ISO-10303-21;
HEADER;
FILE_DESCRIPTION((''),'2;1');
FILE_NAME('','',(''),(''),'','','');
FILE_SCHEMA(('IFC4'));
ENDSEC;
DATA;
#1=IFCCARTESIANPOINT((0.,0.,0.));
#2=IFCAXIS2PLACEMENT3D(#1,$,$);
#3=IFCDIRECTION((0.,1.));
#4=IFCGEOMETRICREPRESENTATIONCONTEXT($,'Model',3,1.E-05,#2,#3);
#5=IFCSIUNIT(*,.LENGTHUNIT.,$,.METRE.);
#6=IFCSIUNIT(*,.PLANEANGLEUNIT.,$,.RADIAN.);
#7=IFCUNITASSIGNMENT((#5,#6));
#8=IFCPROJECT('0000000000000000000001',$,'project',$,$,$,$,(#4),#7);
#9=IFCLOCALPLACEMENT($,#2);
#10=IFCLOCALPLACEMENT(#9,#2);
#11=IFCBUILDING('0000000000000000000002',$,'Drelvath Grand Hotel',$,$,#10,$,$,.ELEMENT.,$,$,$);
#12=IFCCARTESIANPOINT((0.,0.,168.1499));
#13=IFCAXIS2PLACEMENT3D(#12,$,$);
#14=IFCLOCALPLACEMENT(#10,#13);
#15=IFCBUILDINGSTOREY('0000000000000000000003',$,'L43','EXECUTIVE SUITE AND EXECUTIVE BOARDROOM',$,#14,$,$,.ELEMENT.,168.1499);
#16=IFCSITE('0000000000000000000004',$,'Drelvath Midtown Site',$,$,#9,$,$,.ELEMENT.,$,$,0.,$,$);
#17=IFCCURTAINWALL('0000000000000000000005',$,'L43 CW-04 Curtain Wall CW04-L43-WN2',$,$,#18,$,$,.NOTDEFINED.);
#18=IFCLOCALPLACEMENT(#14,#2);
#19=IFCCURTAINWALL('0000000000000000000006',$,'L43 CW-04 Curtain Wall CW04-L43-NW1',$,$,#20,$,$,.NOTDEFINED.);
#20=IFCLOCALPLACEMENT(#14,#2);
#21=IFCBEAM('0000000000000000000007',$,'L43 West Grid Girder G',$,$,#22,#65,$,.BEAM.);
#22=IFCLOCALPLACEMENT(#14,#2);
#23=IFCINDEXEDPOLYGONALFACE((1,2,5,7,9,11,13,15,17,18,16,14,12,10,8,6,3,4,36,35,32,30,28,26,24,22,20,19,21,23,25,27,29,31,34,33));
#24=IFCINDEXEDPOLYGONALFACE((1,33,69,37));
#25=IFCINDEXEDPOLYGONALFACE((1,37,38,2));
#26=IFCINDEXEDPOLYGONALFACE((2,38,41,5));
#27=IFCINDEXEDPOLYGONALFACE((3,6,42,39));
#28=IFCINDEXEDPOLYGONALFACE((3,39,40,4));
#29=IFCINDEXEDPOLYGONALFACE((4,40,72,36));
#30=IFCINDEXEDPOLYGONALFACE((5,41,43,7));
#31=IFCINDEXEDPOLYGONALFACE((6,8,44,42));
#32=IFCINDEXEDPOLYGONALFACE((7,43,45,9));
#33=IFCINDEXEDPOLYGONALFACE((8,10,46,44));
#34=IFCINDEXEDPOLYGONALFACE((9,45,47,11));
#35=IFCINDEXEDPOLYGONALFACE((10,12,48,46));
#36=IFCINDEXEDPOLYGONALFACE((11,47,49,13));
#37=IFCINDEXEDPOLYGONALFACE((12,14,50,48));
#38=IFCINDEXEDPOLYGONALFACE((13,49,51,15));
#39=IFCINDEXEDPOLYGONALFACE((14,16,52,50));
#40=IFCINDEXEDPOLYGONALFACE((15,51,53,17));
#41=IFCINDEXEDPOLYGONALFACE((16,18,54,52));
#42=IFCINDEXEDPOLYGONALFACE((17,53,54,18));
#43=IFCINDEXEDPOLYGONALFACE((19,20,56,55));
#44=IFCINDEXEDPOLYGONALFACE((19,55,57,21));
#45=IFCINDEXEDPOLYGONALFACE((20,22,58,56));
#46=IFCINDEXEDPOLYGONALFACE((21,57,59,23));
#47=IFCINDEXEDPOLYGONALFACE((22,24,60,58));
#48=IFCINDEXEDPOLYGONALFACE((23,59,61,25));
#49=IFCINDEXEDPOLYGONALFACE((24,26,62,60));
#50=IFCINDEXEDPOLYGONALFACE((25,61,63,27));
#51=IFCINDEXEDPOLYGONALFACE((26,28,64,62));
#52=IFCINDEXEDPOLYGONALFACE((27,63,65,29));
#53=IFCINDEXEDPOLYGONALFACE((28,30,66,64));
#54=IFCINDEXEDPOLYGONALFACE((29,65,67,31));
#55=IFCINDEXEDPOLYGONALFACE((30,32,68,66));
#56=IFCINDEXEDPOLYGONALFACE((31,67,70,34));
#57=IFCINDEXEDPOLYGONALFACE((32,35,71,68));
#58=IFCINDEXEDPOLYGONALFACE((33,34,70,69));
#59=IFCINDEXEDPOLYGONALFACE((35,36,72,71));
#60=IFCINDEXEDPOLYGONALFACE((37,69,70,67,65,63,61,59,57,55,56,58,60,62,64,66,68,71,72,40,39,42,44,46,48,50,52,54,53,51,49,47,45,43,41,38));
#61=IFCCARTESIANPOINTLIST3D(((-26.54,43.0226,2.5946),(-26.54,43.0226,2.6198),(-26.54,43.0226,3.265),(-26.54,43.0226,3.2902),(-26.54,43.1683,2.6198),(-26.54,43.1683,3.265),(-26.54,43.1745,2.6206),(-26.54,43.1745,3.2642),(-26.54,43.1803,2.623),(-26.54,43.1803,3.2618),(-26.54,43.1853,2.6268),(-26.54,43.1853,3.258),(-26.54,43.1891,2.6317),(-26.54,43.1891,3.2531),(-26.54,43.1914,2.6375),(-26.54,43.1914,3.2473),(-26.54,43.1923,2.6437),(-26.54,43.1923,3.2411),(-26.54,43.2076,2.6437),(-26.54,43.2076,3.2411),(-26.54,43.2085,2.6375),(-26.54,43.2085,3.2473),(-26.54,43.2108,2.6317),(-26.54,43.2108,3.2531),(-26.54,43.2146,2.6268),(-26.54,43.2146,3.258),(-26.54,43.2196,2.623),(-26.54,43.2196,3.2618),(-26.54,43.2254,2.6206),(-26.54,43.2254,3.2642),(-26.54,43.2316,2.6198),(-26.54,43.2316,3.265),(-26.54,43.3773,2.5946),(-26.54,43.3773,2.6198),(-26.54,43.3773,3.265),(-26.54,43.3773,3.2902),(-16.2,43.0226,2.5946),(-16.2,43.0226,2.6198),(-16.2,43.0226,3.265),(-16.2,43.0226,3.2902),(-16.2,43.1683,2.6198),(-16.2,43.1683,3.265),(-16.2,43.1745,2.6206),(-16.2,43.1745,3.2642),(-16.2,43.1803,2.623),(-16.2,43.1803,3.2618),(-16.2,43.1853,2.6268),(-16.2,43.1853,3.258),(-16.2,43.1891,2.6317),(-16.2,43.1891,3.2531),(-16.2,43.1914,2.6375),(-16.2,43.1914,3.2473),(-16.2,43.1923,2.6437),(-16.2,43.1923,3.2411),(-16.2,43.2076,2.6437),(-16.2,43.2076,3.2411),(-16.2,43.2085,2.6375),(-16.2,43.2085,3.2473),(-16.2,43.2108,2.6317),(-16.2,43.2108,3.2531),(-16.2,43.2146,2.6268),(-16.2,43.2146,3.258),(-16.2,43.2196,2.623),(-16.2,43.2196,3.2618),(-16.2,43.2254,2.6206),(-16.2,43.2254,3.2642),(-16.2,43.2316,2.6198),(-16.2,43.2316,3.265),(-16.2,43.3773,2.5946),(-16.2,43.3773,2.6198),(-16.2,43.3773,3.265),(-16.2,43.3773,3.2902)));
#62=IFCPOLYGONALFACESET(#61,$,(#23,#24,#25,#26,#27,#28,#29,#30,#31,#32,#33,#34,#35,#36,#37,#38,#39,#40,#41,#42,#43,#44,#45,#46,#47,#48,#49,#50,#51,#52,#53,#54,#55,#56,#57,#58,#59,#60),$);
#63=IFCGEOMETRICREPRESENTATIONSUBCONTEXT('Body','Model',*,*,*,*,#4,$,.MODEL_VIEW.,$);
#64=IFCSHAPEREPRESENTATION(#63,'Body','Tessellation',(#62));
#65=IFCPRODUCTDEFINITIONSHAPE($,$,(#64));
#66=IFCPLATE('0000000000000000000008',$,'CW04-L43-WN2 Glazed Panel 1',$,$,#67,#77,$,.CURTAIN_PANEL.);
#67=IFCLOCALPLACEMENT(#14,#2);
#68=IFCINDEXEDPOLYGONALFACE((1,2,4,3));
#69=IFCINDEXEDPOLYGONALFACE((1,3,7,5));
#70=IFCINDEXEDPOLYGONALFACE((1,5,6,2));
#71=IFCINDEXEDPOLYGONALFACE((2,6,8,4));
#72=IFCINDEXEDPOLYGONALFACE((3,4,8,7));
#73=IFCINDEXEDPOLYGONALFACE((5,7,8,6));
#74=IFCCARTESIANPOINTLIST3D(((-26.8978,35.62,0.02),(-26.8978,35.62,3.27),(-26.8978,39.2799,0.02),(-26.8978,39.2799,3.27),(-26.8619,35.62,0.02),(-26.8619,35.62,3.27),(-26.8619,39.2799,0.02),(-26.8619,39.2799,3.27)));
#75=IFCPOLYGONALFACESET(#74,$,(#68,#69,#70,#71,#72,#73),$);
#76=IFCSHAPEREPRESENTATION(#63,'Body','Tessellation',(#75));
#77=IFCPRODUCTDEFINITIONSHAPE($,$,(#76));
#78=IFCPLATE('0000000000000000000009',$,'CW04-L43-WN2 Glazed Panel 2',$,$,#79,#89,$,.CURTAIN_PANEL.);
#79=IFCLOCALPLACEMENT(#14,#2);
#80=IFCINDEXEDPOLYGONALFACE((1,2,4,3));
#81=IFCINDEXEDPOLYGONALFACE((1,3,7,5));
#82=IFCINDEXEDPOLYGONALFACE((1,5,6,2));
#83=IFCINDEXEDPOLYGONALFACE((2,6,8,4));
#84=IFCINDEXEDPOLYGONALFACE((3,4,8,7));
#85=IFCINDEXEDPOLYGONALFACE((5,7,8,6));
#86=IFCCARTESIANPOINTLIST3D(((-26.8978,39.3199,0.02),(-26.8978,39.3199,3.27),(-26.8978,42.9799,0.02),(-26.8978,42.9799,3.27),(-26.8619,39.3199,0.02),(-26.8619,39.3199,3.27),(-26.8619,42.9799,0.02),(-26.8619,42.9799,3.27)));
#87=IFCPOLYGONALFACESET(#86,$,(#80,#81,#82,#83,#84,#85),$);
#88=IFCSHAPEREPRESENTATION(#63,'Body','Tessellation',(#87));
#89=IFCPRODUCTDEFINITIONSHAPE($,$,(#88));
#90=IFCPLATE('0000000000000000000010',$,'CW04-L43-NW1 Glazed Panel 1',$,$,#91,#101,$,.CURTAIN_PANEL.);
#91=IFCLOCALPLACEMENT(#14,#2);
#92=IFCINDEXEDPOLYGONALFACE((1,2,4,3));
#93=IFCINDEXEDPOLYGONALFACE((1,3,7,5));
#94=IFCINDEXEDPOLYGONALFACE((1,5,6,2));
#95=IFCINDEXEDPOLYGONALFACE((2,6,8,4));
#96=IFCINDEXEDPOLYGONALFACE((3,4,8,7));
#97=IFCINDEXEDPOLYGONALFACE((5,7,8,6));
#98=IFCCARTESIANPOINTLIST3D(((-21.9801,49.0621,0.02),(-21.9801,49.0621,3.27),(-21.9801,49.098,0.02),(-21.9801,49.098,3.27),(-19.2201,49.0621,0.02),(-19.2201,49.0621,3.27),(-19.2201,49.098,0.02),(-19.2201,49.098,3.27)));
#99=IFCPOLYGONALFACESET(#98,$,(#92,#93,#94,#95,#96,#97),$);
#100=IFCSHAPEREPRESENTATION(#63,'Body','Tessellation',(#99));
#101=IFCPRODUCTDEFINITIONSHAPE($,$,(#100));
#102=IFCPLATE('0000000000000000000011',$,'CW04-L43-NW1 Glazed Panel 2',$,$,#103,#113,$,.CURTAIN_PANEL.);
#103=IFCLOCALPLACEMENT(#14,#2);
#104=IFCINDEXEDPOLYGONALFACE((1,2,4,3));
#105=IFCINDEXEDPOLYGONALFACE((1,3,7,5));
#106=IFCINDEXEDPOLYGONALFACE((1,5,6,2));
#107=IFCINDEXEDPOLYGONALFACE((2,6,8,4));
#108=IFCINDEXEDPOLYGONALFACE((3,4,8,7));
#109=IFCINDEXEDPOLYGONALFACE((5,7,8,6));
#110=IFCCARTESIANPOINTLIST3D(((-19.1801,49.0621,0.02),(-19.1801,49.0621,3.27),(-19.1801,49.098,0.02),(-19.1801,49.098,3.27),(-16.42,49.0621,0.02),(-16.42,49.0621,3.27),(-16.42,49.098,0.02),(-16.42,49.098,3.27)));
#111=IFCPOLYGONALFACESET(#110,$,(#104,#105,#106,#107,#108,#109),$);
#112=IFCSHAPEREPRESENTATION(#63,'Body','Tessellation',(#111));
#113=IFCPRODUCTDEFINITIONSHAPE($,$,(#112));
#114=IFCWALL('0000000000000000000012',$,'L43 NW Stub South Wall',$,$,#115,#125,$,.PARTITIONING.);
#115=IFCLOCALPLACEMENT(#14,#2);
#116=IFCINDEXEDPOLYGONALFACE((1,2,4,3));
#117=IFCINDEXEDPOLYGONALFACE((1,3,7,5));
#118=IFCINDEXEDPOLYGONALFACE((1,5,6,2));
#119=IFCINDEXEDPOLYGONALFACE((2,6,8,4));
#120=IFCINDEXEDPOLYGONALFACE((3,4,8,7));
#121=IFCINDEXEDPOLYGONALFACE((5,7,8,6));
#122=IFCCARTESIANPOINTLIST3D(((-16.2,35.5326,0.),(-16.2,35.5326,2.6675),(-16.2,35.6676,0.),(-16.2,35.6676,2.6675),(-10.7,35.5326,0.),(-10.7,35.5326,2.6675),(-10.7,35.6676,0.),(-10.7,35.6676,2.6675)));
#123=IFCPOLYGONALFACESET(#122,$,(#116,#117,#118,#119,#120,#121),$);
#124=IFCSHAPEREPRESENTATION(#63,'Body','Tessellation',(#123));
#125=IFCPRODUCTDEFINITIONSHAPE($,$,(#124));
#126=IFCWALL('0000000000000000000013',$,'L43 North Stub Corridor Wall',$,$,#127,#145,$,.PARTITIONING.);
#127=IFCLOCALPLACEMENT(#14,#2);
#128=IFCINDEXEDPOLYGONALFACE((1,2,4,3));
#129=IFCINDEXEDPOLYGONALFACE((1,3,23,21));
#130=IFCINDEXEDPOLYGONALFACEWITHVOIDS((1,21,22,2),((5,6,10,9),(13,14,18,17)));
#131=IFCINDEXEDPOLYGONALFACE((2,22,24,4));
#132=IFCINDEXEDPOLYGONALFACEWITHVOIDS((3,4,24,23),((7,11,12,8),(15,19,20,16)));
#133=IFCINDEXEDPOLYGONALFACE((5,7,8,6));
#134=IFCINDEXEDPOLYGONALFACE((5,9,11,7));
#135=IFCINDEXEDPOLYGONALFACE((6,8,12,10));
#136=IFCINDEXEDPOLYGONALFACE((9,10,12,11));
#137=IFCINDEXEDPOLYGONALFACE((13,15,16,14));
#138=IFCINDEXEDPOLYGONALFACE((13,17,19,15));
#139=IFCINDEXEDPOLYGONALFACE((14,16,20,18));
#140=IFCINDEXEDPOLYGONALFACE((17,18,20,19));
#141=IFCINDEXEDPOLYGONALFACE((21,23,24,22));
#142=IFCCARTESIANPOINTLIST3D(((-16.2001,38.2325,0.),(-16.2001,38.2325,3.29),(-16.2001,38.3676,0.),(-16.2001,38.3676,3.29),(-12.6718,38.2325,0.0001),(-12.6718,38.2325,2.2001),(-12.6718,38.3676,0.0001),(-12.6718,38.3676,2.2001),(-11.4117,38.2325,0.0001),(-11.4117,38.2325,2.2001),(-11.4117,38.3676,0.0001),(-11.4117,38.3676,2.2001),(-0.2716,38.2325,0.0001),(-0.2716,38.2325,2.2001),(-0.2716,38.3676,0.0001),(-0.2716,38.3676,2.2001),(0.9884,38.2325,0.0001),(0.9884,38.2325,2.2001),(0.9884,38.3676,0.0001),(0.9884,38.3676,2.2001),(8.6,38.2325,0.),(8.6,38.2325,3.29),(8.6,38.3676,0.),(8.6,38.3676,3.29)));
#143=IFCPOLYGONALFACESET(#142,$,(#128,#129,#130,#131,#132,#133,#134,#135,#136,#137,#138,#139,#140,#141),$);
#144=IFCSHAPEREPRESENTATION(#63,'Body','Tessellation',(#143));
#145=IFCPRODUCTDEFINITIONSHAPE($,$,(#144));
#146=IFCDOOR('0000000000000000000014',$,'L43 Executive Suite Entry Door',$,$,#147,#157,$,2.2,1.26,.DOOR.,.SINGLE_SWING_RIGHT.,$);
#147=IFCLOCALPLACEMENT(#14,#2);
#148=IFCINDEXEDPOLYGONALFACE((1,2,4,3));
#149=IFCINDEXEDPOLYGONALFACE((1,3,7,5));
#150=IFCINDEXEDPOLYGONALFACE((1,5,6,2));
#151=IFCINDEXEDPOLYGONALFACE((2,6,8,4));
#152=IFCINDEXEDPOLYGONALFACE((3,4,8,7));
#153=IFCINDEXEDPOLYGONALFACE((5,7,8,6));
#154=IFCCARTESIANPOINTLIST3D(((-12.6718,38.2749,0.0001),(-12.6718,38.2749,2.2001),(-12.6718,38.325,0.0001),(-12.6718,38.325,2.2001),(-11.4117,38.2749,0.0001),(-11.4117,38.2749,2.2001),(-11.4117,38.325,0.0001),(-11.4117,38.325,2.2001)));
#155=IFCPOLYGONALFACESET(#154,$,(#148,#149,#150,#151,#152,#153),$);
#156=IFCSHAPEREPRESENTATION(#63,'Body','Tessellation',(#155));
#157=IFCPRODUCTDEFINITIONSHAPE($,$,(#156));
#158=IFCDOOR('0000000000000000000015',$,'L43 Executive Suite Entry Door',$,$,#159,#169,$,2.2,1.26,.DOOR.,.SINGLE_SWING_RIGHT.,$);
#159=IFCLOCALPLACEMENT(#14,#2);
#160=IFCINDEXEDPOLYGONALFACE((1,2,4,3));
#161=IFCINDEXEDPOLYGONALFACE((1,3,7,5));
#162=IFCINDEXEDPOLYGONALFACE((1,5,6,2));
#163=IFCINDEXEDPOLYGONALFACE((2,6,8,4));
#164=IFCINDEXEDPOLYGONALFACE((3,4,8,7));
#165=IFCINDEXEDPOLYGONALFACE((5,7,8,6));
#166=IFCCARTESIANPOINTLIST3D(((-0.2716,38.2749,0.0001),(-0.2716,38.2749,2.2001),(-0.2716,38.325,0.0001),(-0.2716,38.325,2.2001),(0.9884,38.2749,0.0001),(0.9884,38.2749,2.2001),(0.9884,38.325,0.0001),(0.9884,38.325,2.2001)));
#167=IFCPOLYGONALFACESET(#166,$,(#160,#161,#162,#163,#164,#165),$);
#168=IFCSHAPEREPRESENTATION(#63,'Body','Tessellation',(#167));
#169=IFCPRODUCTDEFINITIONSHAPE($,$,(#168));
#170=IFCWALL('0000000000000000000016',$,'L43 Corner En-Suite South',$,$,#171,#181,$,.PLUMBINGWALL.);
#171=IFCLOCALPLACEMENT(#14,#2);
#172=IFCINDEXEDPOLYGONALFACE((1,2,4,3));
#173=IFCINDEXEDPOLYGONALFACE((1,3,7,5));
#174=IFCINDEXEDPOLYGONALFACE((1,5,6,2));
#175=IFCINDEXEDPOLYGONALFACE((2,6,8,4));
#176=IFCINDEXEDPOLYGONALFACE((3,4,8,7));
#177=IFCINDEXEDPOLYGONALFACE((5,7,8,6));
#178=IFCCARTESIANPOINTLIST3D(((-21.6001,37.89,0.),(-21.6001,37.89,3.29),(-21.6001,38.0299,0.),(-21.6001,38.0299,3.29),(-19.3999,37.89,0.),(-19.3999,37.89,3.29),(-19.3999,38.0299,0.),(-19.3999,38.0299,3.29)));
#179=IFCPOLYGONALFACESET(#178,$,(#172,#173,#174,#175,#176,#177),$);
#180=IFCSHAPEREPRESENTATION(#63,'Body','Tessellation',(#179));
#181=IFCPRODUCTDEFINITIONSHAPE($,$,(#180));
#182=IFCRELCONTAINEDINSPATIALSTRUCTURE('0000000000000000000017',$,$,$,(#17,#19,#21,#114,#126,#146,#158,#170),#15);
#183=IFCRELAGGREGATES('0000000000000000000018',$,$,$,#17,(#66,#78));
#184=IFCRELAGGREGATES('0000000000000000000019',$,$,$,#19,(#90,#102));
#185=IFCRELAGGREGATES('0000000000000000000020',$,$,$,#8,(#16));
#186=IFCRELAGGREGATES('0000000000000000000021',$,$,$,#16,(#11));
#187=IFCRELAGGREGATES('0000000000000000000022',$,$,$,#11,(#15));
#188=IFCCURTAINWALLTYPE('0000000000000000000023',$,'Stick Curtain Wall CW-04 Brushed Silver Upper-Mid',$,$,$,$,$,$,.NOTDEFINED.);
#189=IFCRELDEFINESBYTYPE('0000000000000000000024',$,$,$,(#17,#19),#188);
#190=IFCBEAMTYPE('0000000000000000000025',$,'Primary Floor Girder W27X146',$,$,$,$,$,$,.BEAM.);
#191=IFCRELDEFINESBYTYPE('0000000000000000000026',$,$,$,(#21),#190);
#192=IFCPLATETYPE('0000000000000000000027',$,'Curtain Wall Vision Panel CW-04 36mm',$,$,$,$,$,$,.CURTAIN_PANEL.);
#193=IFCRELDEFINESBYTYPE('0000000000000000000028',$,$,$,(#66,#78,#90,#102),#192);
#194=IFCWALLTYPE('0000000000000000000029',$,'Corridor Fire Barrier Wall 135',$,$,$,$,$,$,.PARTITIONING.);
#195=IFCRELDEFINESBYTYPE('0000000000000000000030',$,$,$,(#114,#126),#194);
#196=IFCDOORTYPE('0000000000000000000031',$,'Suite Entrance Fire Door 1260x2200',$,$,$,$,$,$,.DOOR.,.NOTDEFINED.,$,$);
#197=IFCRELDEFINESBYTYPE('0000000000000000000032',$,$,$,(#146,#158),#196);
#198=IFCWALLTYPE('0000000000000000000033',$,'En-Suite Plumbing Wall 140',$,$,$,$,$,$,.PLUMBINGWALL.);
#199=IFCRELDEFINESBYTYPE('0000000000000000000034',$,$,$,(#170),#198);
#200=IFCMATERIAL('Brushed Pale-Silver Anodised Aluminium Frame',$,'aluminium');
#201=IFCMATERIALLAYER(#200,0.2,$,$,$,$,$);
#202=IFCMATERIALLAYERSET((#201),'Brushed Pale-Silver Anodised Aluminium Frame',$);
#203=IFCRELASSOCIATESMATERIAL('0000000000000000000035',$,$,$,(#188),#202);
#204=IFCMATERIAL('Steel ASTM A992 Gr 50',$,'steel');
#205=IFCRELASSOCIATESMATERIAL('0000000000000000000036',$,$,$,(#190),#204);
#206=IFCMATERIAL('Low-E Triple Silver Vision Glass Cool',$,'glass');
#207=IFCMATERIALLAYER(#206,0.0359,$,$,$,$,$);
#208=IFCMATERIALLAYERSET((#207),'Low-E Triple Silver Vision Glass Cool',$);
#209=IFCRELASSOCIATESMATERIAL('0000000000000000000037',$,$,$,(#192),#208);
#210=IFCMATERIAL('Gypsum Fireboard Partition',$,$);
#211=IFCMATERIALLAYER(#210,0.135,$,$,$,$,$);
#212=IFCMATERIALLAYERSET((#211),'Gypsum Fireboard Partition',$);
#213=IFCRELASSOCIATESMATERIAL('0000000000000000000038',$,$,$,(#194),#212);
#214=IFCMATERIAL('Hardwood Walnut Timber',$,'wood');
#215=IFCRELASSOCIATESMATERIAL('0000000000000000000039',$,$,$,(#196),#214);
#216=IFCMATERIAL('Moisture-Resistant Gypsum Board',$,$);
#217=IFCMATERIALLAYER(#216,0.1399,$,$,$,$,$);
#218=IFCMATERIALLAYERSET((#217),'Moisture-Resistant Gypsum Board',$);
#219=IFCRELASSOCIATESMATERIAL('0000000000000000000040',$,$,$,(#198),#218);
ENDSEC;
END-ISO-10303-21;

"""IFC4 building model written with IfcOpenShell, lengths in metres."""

from ifc_helpers import new_model, si_unit, direction, frame, frame_2d, origin, origin_2d, place, context, subcontext, project, spatial, rectangle, i_section, extrude, material, layer, layer_set, material_profile, profile_set, type_object, element, fill, aggregate, save


model = new_model("IFC4")

# Units and contexts
model_context = context("Model", 3, precision=1e-05, world=origin(), true_north=direction((0.0, 1.0)))
body_context = subcontext(model_context, "Body", "Model", "MODEL_VIEW")
ifc_project = project(units=[si_unit("LENGTHUNIT", "METRE"), si_unit("PLANEANGLEUNIT", "RADIAN")], contexts=[model_context])

# Site, building, storey
site_placement = place(None, origin())
site = spatial("IfcSite", under=ifc_project, at=site_placement, Name="Drelvath Midtown Site", CompositionType="ELEMENT", RefElevation=0.0)
building_placement = place(site_placement, origin())
building = spatial("IfcBuilding", under=site, at=building_placement, Name="Drelvath Grand Hotel", CompositionType="ELEMENT")
storey_placement = place(building_placement, frame((0.0, 0.0, 168.1499)))
storey = spatial("IfcBuildingStorey", under=building, at=storey_placement, Name="L43", Description="EXECUTIVE SUITE AND EXECUTIVE BOARDROOM", CompositionType="ELEMENT", Elevation=168.1499)

# Curtain walls
ifc_material_1 = material(Name="Brushed Pale-Silver Anodised Aluminium Frame", Category="aluminium")
ifc_layer_1 = layer(ifc_material_1, 0.2)
ifc_layer_set_1 = layer_set([ifc_layer_1], Name="Brushed Pale-Silver Anodised Aluminium Frame")
curtain_wall_type = type_object("IfcCurtainWallType", Name="Stick Curtain Wall CW-04 Brushed Silver Upper-Mid", PredefinedType="NOTDEFINED", material=ifc_layer_set_1)
curtain_wall_1_placement = place(storey_placement, origin())
curtain_wall_1 = element("IfcCurtainWall", 1, at=curtain_wall_1_placement, inside=storey, type_object=curtain_wall_type, Name="L43 CW-04 Curtain Wall CW04-L43-WN2", PredefinedType="NOTDEFINED")
curtain_wall_2_placement = place(storey_placement, origin())
curtain_wall_2 = element("IfcCurtainWall", 2, at=curtain_wall_2_placement, inside=storey, type_object=curtain_wall_type, Name="L43 CW-04 Curtain Wall CW04-L43-NW1", PredefinedType="NOTDEFINED")

# Beam
ifc_material_2 = material(Name="Steel ASTM A992 Gr 50", Category="steel")
ifc_material_profile_1 = material_profile(ifc_material_2, i_section(OverallWidth=0.3547, OverallDepth=0.6956, WebThickness=0.0154, FlangeThickness=0.0251, FilletRadius=0.0239, at=origin_2d()), Name="W27X146")
ifc_profile_set_1 = profile_set([ifc_material_profile_1], Name="Steel ASTM A992 Gr 50")
beam_type = type_object("IfcBeamType", Name="Primary Floor Girder W27X146", PredefinedType="BEAM", material=ifc_profile_set_1)
beam_placement = place(storey_placement, frame((-26.54, 43.2, 2.9424), z_axis=(1.0, 0.0, 0.0), x_axis=(0.0, 1.0, 0.0)))
element("IfcBeam", 3, at=beam_placement, inside=storey, type_object=beam_type, Name="L43 West Grid Girder G", PredefinedType="BEAM", context=body_context, shape_type="SweptSolid", body=[
    extrude(i_section(OverallWidth=0.3547, OverallDepth=0.6956, WebThickness=0.0154, FlangeThickness=0.0251, FilletRadius=0.0239, at=origin_2d()), origin(), (0.0, 0.0, 1.0), 10.3401),
])

# Plates
ifc_material_3 = material(Name="Low-E Triple Silver Vision Glass Cool", Category="glass")
ifc_layer_2 = layer(ifc_material_3, 0.0359)
ifc_layer_set_2 = layer_set([ifc_layer_2], Name="Low-E Triple Silver Vision Glass Cool")
plate_type = type_object("IfcPlateType", Name="Curtain Wall Vision Panel CW-04 36mm", PredefinedType="CURTAIN_PANEL", material=ifc_layer_set_2)
plate_1_placement = place(storey_placement, frame((-26.8799, 37.45, 0.02), z_axis=(0.0, 0.0, 1.0), x_axis=(0.0, 1.0, 0.0)))
plate_1 = element("IfcPlate", 4, at=plate_1_placement, type_object=plate_type, Name="CW04-L43-WN2 Glazed Panel 1", PredefinedType="CURTAIN_PANEL", context=body_context, shape_type="SweptSolid", body=[
    extrude(rectangle(XDim=3.6599, YDim=0.0359, at=origin_2d()), origin(), (0.0, 0.0, 1.0), 3.25),
])
plate_2_placement = place(storey_placement, frame((-26.8799, 41.1499, 0.02), z_axis=(0.0, 0.0, 1.0), x_axis=(0.0, 1.0, 0.0)))
plate_2 = element("IfcPlate", 5, at=plate_2_placement, type_object=plate_type, Name="CW04-L43-WN2 Glazed Panel 2", PredefinedType="CURTAIN_PANEL", context=body_context, shape_type="SweptSolid", body=[
    extrude(rectangle(XDim=3.6599, YDim=0.0359, at=origin_2d()), origin(), (0.0, 0.0, 1.0), 3.25),
])
aggregate(curtain_wall_1, [plate_1, plate_2])
plate_3_placement = place(storey_placement, frame((-20.6001, 49.0801, 0.02), z_axis=(0.0, 0.0, 1.0), x_axis=(1.0, 0.0, 0.0)))
plate_3 = element("IfcPlate", 6, at=plate_3_placement, type_object=plate_type, Name="CW04-L43-NW1 Glazed Panel 1", PredefinedType="CURTAIN_PANEL", context=body_context, shape_type="SweptSolid", body=[
    extrude(rectangle(XDim=2.76, YDim=0.0359, at=origin_2d()), origin(), (0.0, 0.0, 1.0), 3.25),
])
plate_4_placement = place(storey_placement, frame((-17.8, 49.0801, 0.02), z_axis=(0.0, 0.0, 1.0), x_axis=(1.0, 0.0, 0.0)))
plate_4 = element("IfcPlate", 7, at=plate_4_placement, type_object=plate_type, Name="CW04-L43-NW1 Glazed Panel 2", PredefinedType="CURTAIN_PANEL", context=body_context, shape_type="SweptSolid", body=[
    extrude(rectangle(XDim=2.76, YDim=0.0359, at=origin_2d()), origin(), (0.0, 0.0, 1.0), 3.25),
])
aggregate(curtain_wall_2, [plate_3, plate_4])

# Wall
ifc_material_4 = material(Name="Gypsum Fireboard Partition")
ifc_layer_3 = layer(ifc_material_4, 0.135)
ifc_layer_set_3 = layer_set([ifc_layer_3], Name="Gypsum Fireboard Partition")
wall_type_1 = type_object("IfcWallType", Name="Corridor Fire Barrier Wall 135", PredefinedType="PARTITIONING", material=ifc_layer_set_3)
wall_1_placement = place(storey_placement, frame((-16.2, 35.6001, 0.0), z_axis=(0.0, 0.0, 1.0), x_axis=(1.0, 0.0, 0.0)))
element("IfcWall", 8, at=wall_1_placement, inside=storey, type_object=wall_type_1, Name="L43 NW Stub South Wall", PredefinedType="PARTITIONING", context=body_context, shape_type="SweptSolid", body=[
    extrude(rectangle(XDim=5.5, YDim=0.135, at=frame_2d((2.75, 0.0))), origin(), (0.0, 0.0, 1.0), 2.6675),
])

# Wall, openings, doors
wall_2_placement = place(storey_placement, frame((-16.2, 38.3, 0.0), z_axis=(0.0, 0.0, 1.0), x_axis=(1.0, 0.0, 0.0)))
wall_2 = element("IfcWall", 9, at=wall_2_placement, inside=storey, type_object=wall_type_1, Name="L43 North Stub Corridor Wall", PredefinedType="PARTITIONING", context=body_context, shape_type="SweptSolid", body=[
    extrude(rectangle(XDim=24.8, YDim=0.135, at=frame_2d((12.3999, 0.0))), origin(), (0.0, 0.0, 1.0), 3.29),
])
opening_1_placement = place(wall_2_placement, frame((3.5283, 0.0, 0.0)))
opening_1 = element("IfcOpeningElement", 10, at=opening_1_placement, cuts=wall_2, PredefinedType="OPENING", context=body_context, shape_type="SweptSolid", body=[
    extrude(rectangle(XDim=1.26, YDim=2.2, at=frame_2d((0.6299, 1.1001))), frame((0.0, 0.0774, 0.0), z_axis=(0.0, -1.0, 0.0), x_axis=(1.0, 0.0, 0.0)), (0.0, 0.0, 1.0), 0.155),
])
opening_2_placement = place(wall_2_placement, frame((15.9285, 0.0, 0.0)))
opening_2 = element("IfcOpeningElement", 11, at=opening_2_placement, cuts=wall_2, PredefinedType="OPENING", context=body_context, shape_type="SweptSolid", body=[
    extrude(rectangle(XDim=1.26, YDim=2.2, at=frame_2d((0.6299, 1.1001))), frame((0.0, 0.0774, 0.0), z_axis=(0.0, -1.0, 0.0), x_axis=(1.0, 0.0, 0.0)), (0.0, 0.0, 1.0), 0.155),
])
ifc_material_5 = material(Name="Hardwood Walnut Timber", Category="wood")
door_type_1 = type_object("IfcDoorType", Name="Suite Entrance Fire Door 1260x2200", OperationType="NOTDEFINED", PredefinedType="DOOR", material=ifc_material_5)
door_1_placement = place(opening_1_placement, origin())
door_1 = element("IfcDoor", 12, at=door_1_placement, inside=storey, type_object=door_type_1, Name="L43 Executive Suite Entry Door", OperationType="SINGLE_SWING_RIGHT", OverallHeight=2.2, OverallWidth=1.26, PredefinedType="DOOR", context=body_context, shape_type="SweptSolid", body=[
    extrude(rectangle(XDim=1.26, YDim=2.2, at=frame_2d((0.6299, 1.1001))), frame((0.0, 0.0249, 0.0), z_axis=(0.0, -1.0, 0.0), x_axis=(1.0, 0.0, 0.0)), (0.0, 0.0, 1.0), 0.05),
])
fill(opening_1, door_1)
door_2_placement = place(opening_2_placement, origin())
door_2 = element("IfcDoor", 13, at=door_2_placement, inside=storey, type_object=door_type_1, Name="L43 Executive Suite Entry Door", OperationType="SINGLE_SWING_RIGHT", OverallHeight=2.2, OverallWidth=1.26, PredefinedType="DOOR", context=body_context, shape_type="SweptSolid", body=[
    extrude(rectangle(XDim=1.26, YDim=2.2, at=frame_2d((0.6299, 1.1001))), frame((0.0, 0.0249, 0.0), z_axis=(0.0, -1.0, 0.0), x_axis=(1.0, 0.0, 0.0)), (0.0, 0.0, 1.0), 0.05),
])
fill(opening_2, door_2)

# Wall
ifc_material_6 = material(Name="Moisture-Resistant Gypsum Board")
ifc_layer_4 = layer(ifc_material_6, 0.1399)
ifc_layer_set_4 = layer_set([ifc_layer_4], Name="Moisture-Resistant Gypsum Board")
wall_type_2 = type_object("IfcWallType", Name="En-Suite Plumbing Wall 140", PredefinedType="PLUMBINGWALL", material=ifc_layer_set_4)
for number, where, z_axis, x_axis, name in (
    (14, (-21.6001, 37.96, 0.0), (0.0, 0.0, 1.0), (1.0, 0.0, 0.0), "L43 Corner En-Suite South"),
):
    element("IfcWall", number, at=place(storey_placement, frame(where, z_axis=z_axis, x_axis=x_axis)), inside=storey, type_object=wall_type_2, Name=name, PredefinedType="PLUMBINGWALL", context=body_context, shape_type="SweptSolid", body=[
        extrude(rectangle(XDim=2.2002, YDim=0.1399, at=frame_2d((1.1001, 0.0))), origin(), (0.0, 0.0, 1.0), 3.29),
    ])

save(model, "model.ifc")
